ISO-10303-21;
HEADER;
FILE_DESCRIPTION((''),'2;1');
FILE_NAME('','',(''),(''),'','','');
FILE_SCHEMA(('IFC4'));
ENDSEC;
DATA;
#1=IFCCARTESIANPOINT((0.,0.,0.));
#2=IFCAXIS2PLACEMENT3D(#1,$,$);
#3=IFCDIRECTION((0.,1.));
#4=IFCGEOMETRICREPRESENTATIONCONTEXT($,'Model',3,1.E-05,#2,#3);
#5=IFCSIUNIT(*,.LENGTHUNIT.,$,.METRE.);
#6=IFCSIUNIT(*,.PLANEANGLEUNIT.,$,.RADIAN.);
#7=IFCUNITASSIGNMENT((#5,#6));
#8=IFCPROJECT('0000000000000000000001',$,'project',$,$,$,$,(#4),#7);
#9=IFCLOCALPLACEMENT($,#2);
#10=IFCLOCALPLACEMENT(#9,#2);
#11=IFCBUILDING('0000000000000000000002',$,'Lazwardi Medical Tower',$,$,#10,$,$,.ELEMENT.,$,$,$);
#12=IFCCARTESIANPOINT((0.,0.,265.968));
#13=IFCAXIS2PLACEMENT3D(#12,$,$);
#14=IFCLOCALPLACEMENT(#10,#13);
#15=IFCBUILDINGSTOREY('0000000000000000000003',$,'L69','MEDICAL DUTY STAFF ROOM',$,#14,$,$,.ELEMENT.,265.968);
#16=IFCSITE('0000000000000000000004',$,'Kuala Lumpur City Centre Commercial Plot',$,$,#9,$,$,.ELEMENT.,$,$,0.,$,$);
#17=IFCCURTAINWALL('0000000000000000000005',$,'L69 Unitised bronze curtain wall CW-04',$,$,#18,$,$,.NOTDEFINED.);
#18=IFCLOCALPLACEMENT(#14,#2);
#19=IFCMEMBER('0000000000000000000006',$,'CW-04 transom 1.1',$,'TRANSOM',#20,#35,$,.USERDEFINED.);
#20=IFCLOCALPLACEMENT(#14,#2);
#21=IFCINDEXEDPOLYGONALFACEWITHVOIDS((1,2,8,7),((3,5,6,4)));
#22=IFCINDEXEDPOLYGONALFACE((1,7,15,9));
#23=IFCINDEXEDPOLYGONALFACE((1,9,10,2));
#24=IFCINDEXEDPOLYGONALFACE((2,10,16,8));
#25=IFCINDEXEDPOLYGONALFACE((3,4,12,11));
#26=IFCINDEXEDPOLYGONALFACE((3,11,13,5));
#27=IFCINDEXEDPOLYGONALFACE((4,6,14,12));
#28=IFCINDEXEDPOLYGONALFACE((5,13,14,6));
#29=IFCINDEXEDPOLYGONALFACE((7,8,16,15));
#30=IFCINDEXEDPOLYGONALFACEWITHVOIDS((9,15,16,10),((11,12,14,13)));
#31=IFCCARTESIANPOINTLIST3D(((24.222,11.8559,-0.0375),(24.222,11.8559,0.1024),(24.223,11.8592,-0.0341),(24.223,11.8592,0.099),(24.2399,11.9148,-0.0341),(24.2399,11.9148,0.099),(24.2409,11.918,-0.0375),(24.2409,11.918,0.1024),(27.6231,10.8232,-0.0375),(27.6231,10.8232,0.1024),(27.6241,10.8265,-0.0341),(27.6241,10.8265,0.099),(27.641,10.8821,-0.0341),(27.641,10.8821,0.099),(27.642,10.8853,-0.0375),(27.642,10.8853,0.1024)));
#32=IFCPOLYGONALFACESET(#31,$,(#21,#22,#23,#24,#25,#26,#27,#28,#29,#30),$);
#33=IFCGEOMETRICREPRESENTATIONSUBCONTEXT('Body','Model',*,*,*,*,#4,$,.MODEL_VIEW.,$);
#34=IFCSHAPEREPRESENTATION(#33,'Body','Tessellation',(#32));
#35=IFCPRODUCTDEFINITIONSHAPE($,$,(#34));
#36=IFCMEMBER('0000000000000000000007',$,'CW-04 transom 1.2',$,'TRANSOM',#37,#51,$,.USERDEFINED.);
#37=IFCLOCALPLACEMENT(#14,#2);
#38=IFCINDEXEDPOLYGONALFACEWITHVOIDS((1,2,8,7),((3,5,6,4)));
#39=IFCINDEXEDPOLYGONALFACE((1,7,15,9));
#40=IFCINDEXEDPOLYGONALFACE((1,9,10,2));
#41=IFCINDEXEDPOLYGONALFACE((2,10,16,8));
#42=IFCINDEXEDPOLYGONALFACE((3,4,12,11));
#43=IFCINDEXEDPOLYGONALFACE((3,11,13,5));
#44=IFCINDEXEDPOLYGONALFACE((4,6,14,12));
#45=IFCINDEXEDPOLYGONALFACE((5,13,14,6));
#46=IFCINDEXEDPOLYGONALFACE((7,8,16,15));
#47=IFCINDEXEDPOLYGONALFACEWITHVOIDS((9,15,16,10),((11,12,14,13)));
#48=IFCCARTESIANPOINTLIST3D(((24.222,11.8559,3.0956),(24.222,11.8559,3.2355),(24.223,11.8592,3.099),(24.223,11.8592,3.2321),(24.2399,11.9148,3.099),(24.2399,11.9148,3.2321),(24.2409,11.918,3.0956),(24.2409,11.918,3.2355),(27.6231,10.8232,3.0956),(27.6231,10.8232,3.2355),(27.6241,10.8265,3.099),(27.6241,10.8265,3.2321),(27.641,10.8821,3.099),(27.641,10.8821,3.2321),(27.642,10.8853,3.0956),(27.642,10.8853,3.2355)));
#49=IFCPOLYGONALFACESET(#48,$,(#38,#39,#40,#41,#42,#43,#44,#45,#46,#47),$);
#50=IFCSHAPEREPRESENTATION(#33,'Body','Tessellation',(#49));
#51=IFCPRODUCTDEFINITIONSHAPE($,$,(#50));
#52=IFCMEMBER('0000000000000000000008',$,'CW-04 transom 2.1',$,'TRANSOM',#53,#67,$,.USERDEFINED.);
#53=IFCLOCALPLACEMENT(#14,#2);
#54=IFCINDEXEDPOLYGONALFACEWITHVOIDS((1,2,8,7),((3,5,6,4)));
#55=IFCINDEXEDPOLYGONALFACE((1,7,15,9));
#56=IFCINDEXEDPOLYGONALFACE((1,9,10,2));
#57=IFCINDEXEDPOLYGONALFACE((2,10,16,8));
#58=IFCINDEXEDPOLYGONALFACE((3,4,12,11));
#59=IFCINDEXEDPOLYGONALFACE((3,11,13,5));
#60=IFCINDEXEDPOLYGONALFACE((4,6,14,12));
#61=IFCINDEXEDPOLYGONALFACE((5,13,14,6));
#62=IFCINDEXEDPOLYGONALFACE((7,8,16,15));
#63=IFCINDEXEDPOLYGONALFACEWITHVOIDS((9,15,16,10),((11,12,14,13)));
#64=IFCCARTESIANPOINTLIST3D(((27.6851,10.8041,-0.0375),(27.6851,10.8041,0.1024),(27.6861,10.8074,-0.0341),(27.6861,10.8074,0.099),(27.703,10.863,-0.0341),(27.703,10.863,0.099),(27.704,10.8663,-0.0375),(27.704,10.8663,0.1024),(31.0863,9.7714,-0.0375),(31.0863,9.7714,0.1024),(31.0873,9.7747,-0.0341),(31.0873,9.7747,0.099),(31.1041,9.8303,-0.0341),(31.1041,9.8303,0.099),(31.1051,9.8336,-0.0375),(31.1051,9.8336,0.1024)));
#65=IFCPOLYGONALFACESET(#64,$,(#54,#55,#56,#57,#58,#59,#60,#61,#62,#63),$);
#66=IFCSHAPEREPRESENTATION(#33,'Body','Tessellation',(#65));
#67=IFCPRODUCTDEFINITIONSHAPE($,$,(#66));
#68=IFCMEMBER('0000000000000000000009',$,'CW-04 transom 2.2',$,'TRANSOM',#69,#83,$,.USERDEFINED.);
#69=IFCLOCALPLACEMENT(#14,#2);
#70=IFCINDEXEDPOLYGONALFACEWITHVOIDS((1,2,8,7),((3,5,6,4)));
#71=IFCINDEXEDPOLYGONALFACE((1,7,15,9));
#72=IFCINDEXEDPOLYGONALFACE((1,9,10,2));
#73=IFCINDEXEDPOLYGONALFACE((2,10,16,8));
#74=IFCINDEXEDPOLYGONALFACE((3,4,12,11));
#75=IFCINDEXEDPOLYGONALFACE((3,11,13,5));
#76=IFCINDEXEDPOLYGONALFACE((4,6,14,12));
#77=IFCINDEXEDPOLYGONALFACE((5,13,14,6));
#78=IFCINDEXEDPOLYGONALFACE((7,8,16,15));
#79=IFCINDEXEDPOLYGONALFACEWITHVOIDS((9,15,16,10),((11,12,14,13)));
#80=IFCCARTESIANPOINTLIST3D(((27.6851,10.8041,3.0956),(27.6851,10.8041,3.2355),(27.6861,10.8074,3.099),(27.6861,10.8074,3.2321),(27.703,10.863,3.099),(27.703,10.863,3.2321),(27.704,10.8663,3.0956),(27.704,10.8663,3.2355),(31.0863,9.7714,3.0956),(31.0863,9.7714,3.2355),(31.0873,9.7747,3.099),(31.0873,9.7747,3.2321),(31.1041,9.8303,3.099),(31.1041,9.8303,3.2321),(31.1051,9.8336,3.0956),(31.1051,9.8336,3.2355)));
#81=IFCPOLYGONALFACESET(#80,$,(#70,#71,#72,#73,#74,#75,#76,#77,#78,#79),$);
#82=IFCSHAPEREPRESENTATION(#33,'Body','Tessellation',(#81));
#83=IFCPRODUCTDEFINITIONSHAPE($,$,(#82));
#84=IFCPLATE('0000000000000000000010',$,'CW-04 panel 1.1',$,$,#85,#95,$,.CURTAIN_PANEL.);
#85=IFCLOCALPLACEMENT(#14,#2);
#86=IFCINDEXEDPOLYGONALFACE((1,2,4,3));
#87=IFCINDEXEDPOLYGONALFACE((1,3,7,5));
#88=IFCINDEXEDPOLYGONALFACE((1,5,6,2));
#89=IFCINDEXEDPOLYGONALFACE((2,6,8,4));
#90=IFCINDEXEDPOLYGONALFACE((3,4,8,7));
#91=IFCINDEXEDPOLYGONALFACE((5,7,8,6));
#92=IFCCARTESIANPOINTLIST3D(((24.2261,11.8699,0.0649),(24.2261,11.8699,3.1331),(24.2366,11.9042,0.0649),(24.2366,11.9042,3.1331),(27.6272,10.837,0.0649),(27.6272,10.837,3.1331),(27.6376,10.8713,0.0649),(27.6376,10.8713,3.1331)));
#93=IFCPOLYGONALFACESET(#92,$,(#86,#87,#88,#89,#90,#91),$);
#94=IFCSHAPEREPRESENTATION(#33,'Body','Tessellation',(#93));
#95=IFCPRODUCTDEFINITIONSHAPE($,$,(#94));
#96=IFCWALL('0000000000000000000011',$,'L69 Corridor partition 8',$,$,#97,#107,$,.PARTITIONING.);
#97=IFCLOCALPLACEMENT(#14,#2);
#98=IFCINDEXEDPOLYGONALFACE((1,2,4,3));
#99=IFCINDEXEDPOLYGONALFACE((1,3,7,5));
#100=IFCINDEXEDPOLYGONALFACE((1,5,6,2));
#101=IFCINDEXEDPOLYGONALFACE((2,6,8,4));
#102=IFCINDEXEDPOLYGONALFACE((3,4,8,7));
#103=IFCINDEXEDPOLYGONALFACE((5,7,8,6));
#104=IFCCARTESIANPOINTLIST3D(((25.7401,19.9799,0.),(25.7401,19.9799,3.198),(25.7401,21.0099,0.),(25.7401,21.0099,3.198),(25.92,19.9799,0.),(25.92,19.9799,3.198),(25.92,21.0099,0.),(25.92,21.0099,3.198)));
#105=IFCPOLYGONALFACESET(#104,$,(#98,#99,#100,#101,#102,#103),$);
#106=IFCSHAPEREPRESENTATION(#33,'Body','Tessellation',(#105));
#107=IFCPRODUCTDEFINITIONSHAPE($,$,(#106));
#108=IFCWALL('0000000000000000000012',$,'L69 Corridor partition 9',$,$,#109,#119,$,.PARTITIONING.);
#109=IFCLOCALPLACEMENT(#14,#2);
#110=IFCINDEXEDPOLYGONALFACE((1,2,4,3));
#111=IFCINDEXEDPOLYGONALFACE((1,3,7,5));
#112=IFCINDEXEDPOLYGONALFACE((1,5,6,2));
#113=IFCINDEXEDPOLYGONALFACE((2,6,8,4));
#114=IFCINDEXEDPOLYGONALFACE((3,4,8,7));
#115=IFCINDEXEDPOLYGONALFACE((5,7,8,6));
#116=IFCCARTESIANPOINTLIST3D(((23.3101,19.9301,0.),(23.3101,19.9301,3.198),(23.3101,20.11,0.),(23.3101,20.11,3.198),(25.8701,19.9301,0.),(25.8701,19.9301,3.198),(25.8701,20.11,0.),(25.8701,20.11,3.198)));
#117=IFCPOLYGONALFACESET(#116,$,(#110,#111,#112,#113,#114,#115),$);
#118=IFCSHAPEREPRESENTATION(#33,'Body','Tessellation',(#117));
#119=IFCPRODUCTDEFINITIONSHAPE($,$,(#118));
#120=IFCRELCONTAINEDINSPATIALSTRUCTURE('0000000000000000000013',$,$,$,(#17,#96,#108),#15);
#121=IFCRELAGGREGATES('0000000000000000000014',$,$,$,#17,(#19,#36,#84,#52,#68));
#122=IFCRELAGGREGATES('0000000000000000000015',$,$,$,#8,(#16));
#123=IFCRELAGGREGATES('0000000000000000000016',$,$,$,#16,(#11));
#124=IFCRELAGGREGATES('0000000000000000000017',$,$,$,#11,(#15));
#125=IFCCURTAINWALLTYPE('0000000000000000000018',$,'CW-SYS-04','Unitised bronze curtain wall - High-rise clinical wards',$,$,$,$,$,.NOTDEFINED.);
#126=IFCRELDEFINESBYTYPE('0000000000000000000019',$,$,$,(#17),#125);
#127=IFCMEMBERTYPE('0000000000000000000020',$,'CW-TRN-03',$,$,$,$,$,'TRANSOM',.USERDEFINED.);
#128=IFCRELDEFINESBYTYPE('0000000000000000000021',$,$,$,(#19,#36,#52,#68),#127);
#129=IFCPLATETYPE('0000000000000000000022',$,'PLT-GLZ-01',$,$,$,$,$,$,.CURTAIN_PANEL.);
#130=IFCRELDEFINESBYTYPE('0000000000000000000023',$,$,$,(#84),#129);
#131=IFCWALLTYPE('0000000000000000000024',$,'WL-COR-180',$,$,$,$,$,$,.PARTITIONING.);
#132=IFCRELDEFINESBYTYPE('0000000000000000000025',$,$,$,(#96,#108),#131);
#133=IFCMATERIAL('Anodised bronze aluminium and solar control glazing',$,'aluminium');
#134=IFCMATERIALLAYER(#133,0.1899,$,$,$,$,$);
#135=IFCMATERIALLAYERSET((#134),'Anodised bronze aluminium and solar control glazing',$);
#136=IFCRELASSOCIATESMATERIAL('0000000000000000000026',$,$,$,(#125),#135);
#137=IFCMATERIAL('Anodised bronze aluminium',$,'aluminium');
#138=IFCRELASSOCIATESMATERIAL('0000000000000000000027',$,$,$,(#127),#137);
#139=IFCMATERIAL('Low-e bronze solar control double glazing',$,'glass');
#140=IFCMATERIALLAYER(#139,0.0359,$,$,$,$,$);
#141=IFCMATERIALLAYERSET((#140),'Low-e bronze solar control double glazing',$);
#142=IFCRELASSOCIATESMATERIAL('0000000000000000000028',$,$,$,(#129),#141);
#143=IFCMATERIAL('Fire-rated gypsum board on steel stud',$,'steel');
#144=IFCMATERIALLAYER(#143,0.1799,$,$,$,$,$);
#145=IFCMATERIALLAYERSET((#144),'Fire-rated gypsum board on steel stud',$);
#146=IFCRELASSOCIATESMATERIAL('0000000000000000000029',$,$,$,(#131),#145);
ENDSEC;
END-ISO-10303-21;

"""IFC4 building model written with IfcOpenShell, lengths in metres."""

from ifc_helpers import new_model, si_unit, direction, frame, frame_2d, origin, origin_2d, place, context, subcontext, project, spatial, rectangle, hollow_rectangle, extrude, material, layer, layer_set, material_profile, profile_set, type_object, element, aggregate, save


model = new_model("IFC4")

# Units and contexts
model_context = context("Model", 3, precision=1e-05, world=origin(), true_north=direction((0.0, 1.0)))
body_context = subcontext(model_context, "Body", "Model", "MODEL_VIEW")
ifc_project = project(units=[si_unit("LENGTHUNIT", "METRE"), si_unit("PLANEANGLEUNIT", "RADIAN")], contexts=[model_context])

# Site, building, storey
site_placement = place(None, origin())
site = spatial("IfcSite", under=ifc_project, at=site_placement, Name="Kuala Lumpur City Centre Commercial Plot", CompositionType="ELEMENT", RefElevation=0.0)
building_placement = place(site_placement, origin())
building = spatial("IfcBuilding", under=site, at=building_placement, Name="Lazwardi Medical Tower", CompositionType="ELEMENT")
storey_placement = place(building_placement, frame((0.0, 0.0, 265.968)))
storey = spatial("IfcBuildingStorey", under=building, at=storey_placement, Name="L69", Description="MEDICAL DUTY STAFF ROOM", CompositionType="ELEMENT", Elevation=265.968)

# Curtain wall, members, plate
ifc_material_1 = material(Name="Anodised bronze aluminium and solar control glazing", Category="aluminium")
ifc_layer_1 = layer(ifc_material_1, 0.1899)
ifc_layer_set_1 = layer_set([ifc_layer_1], Name="Anodised bronze aluminium and solar control glazing")
curtain_wall_type = type_object("IfcCurtainWallType", Name="CW-SYS-04", Description="Unitised bronze curtain wall - High-rise clinical wards", PredefinedType="NOTDEFINED", material=ifc_layer_set_1)
curtain_wall_placement = place(storey_placement, origin())
curtain_wall = element("IfcCurtainWall", 1, at=curtain_wall_placement, inside=storey, type_object=curtain_wall_type, Name="L69 Unitised bronze curtain wall CW-04", PredefinedType="NOTDEFINED")
ifc_material_2 = material(Name="Anodised bronze aluminium", Category="aluminium")
ifc_material_profile_1 = material_profile(ifc_material_2, hollow_rectangle(XDim=0.0649, YDim=0.1399, WallThickness=0.0034, at=origin_2d()), Name="ALU-TRANSOM 140x65x3.5")
ifc_profile_set_1 = profile_set([ifc_material_profile_1], Name="Anodised bronze aluminium")
member_type_1 = type_object("IfcMemberType", Name="CW-TRN-03", ElementType="TRANSOM", PredefinedType="USERDEFINED", material=ifc_profile_set_1)
member_1_placement = place(storey_placement, frame((24.2314, 11.887, 0.0325), z_axis=(0.956863, -0.290541, 0.0), x_axis=(0.290541, 0.956863, 0.0)))
member_1 = element("IfcMember", 2, at=member_1_placement, type_object=member_type_1, Name="CW-04 transom 1.1", ObjectType="TRANSOM", PredefinedType="USERDEFINED", context=body_context, shape_type="SweptSolid", body=[
    extrude(hollow_rectangle(XDim=0.0649, YDim=0.1399, WallThickness=0.0034, at=origin_2d()), origin(), (0.0, 0.0, 1.0), 3.5544),
])
member_2_placement = place(storey_placement, frame((24.2314, 11.887, 3.1655), z_axis=(0.956863, -0.290541, 0.0), x_axis=(0.290541, 0.956863, 0.0)))
member_2 = element("IfcMember", 3, at=member_2_placement, type_object=member_type_1, Name="CW-04 transom 1.2", ObjectType="TRANSOM", PredefinedType="USERDEFINED", context=body_context, shape_type="SweptSolid", body=[
    extrude(hollow_rectangle(XDim=0.0649, YDim=0.1399, WallThickness=0.0034, at=origin_2d()), origin(), (0.0, 0.0, 1.0), 3.5544),
])
member_3_placement = place(storey_placement, frame((27.6946, 10.8352, 0.0325), z_axis=(0.956863, -0.290541, 0.0), x_axis=(0.290541, 0.956863, 0.0)))
member_3 = element("IfcMember", 4, at=member_3_placement, type_object=member_type_1, Name="CW-04 transom 2.1", ObjectType="TRANSOM", PredefinedType="USERDEFINED", context=body_context, shape_type="SweptSolid", body=[
    extrude(hollow_rectangle(XDim=0.0649, YDim=0.1399, WallThickness=0.0034, at=origin_2d()), origin(), (0.0, 0.0, 1.0), 3.5544),
])
member_4_placement = place(storey_placement, frame((27.6946, 10.8352, 3.1655), z_axis=(0.956863, -0.290541, 0.0), x_axis=(0.290541, 0.956863, 0.0)))
member_4 = element("IfcMember", 5, at=member_4_placement, type_object=member_type_1, Name="CW-04 transom 2.2", ObjectType="TRANSOM", PredefinedType="USERDEFINED", context=body_context, shape_type="SweptSolid", body=[
    extrude(hollow_rectangle(XDim=0.0649, YDim=0.1399, WallThickness=0.0034, at=origin_2d()), origin(), (0.0, 0.0, 1.0), 3.5544),
])
ifc_material_3 = material(Name="Low-e bronze solar control double glazing", Category="glass")
ifc_layer_2 = layer(ifc_material_3, 0.0359)
ifc_layer_set_2 = layer_set([ifc_layer_2], Name="Low-e bronze solar control double glazing")
plate_type = type_object("IfcPlateType", Name="PLT-GLZ-01", PredefinedType="CURTAIN_PANEL", material=ifc_layer_set_2)
plate_placement = place(storey_placement, frame((25.9319, 11.3706, 0.0649), z_axis=(0.0, 0.0, 1.0), x_axis=(0.95685, -0.290582, 0.0)))
plate = element("IfcPlate", 6, at=plate_placement, type_object=plate_type, Name="CW-04 panel 1.1", PredefinedType="CURTAIN_PANEL", context=body_context, shape_type="SweptSolid", body=[
    extrude(rectangle(XDim=3.5544, YDim=0.0359, at=origin_2d()), origin(), (0.0, 0.0, 1.0), 3.0681),
])
aggregate(curtain_wall, [member_1, member_2, plate, member_3, member_4])

# Walls
ifc_material_4 = material(Name="Fire-rated gypsum board on steel stud", Category="steel")
ifc_layer_3 = layer(ifc_material_4, 0.1799)
ifc_layer_set_3 = layer_set([ifc_layer_3], Name="Fire-rated gypsum board on steel stud")
wall_type_1 = type_object("IfcWallType", Name="WL-COR-180", PredefinedType="PARTITIONING", material=ifc_layer_set_3)
wall_1_placement = place(storey_placement, frame((25.8301, 21.01, 0.0), z_axis=(0.0, 0.0, 1.0), x_axis=(0.0, -1.0, 0.0)))
element("IfcWall", 7, at=wall_1_placement, inside=storey, type_object=wall_type_1, Name="L69 Corridor partition 8", PredefinedType="PARTITIONING", context=body_context, shape_type="SweptSolid", body=[
    extrude(rectangle(XDim=1.03, YDim=0.1799, at=frame_2d((0.5151, 0.0))), origin(), (0.0, 0.0, 1.0), 3.198),
])
wall_2_placement = place(storey_placement, frame((25.8701, 20.02, 0.0), z_axis=(0.0, 0.0, 1.0), x_axis=(-1.0, 0.0, 0.0)))
element("IfcWall", 8, at=wall_2_placement, inside=storey, type_object=wall_type_1, Name="L69 Corridor partition 9", PredefinedType="PARTITIONING", context=body_context, shape_type="SweptSolid", body=[
    extrude(rectangle(XDim=2.5601, YDim=0.1799, at=frame_2d((1.28, 0.0))), origin(), (0.0, 0.0, 1.0), 3.198),
])

save(model, "model.ifc")
